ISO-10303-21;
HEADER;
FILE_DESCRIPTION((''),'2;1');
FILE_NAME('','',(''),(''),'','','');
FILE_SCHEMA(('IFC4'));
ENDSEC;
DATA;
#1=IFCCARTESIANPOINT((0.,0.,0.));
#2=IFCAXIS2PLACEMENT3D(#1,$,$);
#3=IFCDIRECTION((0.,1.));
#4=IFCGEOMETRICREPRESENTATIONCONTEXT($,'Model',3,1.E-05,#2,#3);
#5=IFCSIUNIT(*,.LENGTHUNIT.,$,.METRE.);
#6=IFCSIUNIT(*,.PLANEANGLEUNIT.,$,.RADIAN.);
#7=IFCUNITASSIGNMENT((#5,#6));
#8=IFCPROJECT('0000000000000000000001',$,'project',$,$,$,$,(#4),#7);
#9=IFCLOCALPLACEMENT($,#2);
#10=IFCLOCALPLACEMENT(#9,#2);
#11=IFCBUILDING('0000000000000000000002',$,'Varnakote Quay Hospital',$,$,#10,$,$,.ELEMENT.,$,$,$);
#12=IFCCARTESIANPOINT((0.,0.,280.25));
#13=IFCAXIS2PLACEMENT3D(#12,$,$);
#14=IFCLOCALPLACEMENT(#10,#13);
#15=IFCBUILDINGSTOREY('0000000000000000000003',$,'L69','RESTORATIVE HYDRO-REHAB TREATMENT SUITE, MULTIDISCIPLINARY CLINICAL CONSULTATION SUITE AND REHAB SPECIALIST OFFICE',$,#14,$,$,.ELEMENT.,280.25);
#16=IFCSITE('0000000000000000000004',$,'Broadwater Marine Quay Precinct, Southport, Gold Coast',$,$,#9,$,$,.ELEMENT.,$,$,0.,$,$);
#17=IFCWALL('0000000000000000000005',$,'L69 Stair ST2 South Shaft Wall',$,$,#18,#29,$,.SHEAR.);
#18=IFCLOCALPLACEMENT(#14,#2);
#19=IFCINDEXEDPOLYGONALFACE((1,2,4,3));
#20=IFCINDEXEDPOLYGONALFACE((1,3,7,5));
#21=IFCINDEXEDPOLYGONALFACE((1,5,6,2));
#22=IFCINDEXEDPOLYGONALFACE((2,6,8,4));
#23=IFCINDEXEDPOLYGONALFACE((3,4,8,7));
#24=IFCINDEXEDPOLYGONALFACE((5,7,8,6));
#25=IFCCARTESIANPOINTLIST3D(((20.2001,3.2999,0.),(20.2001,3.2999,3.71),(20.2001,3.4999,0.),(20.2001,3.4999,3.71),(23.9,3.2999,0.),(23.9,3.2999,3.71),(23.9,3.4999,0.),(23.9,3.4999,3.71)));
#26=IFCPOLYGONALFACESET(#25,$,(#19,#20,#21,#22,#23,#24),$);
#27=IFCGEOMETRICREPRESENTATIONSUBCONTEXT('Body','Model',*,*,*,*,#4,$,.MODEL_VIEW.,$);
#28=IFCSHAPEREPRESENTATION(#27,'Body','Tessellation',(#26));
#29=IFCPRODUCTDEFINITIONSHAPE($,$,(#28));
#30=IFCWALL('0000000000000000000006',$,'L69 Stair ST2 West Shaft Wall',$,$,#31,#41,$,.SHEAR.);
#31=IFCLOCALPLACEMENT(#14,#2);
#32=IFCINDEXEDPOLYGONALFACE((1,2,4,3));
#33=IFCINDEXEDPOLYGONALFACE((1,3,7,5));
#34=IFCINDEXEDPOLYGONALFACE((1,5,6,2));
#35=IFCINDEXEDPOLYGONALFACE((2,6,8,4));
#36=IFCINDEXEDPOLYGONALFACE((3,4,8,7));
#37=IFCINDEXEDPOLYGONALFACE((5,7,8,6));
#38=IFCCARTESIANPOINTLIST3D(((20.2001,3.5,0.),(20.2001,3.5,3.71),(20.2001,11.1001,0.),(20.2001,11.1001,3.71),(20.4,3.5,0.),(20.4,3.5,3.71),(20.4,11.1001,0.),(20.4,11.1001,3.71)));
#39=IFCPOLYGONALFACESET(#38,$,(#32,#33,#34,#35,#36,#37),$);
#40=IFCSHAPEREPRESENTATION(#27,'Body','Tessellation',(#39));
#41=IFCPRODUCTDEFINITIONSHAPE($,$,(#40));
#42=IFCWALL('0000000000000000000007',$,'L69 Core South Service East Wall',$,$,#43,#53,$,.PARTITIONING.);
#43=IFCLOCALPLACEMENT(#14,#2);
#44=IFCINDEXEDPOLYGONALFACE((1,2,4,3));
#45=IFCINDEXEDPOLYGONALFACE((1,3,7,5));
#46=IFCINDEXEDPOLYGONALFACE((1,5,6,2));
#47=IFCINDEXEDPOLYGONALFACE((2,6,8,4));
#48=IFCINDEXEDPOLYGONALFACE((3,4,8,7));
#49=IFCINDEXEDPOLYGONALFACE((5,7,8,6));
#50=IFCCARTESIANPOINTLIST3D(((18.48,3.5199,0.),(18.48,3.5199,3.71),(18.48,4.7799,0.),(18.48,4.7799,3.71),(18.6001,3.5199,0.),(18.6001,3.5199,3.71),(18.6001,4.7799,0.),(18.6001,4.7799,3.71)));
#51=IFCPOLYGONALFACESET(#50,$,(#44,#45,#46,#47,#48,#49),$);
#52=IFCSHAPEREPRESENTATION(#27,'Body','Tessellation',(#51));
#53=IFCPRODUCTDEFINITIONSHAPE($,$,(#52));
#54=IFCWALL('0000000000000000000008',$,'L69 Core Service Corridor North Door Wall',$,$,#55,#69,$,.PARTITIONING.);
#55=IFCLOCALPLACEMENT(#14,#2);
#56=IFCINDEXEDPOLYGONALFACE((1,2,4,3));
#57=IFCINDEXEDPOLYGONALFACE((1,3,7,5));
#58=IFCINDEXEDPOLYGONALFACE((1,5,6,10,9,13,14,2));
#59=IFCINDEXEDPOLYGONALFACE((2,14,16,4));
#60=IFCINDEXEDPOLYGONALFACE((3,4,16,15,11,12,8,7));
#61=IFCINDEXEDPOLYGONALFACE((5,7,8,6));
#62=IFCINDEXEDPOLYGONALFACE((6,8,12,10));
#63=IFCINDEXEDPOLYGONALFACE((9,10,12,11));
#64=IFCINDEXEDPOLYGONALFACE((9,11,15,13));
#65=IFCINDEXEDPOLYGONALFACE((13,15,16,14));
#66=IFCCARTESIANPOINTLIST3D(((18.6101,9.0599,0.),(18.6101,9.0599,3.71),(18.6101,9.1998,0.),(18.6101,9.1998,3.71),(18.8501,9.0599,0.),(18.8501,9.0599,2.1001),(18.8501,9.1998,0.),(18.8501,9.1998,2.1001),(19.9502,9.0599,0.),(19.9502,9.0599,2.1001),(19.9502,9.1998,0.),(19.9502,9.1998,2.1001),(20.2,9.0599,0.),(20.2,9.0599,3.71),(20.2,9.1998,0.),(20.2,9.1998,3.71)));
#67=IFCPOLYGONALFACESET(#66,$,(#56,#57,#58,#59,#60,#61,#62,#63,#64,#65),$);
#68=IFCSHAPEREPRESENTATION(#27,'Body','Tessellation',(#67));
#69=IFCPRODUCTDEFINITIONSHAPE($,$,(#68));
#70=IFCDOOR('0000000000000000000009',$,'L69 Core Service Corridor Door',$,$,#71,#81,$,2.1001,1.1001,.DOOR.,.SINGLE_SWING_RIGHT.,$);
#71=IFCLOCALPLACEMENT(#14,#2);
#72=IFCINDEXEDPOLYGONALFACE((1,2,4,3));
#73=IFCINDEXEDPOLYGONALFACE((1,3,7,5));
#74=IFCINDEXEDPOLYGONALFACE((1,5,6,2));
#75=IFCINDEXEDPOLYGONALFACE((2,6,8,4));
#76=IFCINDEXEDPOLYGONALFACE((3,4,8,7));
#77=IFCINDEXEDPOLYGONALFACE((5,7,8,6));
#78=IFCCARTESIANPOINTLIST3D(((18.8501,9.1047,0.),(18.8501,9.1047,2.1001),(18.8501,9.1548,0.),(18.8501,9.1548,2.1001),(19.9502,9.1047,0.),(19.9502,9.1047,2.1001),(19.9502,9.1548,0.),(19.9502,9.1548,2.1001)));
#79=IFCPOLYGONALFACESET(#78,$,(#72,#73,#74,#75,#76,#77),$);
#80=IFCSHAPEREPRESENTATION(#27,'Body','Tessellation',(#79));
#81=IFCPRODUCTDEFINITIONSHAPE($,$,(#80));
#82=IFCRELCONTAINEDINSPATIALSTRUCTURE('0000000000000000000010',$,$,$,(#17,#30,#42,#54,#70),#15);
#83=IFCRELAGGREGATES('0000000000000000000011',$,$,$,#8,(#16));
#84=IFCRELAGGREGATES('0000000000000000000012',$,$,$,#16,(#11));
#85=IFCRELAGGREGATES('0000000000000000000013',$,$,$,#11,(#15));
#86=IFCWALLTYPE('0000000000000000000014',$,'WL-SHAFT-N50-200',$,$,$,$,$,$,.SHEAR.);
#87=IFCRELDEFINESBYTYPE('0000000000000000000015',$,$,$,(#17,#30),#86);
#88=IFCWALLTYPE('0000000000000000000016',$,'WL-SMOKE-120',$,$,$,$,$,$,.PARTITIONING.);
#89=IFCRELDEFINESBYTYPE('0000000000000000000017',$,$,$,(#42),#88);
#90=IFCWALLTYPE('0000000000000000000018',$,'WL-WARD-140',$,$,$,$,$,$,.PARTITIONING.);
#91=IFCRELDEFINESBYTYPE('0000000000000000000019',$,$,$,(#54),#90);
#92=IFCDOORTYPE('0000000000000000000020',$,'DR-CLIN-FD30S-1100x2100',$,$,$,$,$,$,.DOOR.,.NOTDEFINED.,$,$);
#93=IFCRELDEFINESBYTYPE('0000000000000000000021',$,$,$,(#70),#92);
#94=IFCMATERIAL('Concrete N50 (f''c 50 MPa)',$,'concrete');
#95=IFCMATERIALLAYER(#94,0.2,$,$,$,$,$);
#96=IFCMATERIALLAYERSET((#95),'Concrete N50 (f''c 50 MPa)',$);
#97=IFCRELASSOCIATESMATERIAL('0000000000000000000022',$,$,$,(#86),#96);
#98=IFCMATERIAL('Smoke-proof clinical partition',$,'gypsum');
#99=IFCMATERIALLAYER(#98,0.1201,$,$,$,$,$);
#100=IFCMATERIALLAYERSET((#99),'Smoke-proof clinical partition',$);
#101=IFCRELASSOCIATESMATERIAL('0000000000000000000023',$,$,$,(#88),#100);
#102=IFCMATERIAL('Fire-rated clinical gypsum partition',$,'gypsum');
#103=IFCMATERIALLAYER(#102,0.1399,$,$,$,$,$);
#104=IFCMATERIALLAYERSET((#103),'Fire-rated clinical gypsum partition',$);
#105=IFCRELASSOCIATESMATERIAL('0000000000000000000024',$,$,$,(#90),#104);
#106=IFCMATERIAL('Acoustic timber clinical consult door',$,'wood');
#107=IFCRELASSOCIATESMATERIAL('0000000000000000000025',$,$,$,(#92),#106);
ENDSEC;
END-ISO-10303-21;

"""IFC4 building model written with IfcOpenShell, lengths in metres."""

from ifc_helpers import new_model, si_unit, direction, frame, frame_2d, origin, place, context, subcontext, project, spatial, rectangle, extrude, material, layer, layer_set, type_object, element, fill, save


model = new_model("IFC4")

# Units and contexts
model_context = context("Model", 3, precision=1e-05, world=origin(), true_north=direction((0.0, 1.0)))
body_context = subcontext(model_context, "Body", "Model", "MODEL_VIEW")
ifc_project = project(units=[si_unit("LENGTHUNIT", "METRE"), si_unit("PLANEANGLEUNIT", "RADIAN")], contexts=[model_context])

# Site, building, storey
site_placement = place(None, origin())
site = spatial("IfcSite", under=ifc_project, at=site_placement, Name="Broadwater Marine Quay Precinct, Southport, Gold Coast", CompositionType="ELEMENT", RefElevation=0.0)
building_placement = place(site_placement, origin())
building = spatial("IfcBuilding", under=site, at=building_placement, Name="Varnakote Quay Hospital", CompositionType="ELEMENT")
storey_placement = place(building_placement, frame((0.0, 0.0, 280.25)))
storey = spatial("IfcBuildingStorey", under=building, at=storey_placement, Name="L69", Description="RESTORATIVE HYDRO-REHAB TREATMENT SUITE, MULTIDISCIPLINARY CLINICAL CONSULTATION SUITE AND REHAB SPECIALIST OFFICE", CompositionType="ELEMENT", Elevation=280.25)

# Walls
ifc_material_1 = material(Name="Concrete N50 (f'c 50 MPa)", Category="concrete")
ifc_layer_1 = layer(ifc_material_1, 0.2)
ifc_layer_set_1 = layer_set([ifc_layer_1], Name="Concrete N50 (f'c 50 MPa)")
wall_type_1 = type_object("IfcWallType", Name="WL-SHAFT-N50-200", PredefinedType="SHEAR", material=ifc_layer_set_1)
wall_1_placement = place(storey_placement, frame((20.2, 3.3999, 0.0), z_axis=(0.0, 0.0, 1.0), x_axis=(1.0, 0.0, 0.0)))
element("IfcWall", 1, at=wall_1_placement, inside=storey, type_object=wall_type_1, Name="L69 Stair ST2 South Shaft Wall", PredefinedType="SHEAR", context=body_context, shape_type="SweptSolid", body=[
    extrude(rectangle(XDim=3.7, YDim=0.2, at=frame_2d((1.8501, 0.0))), origin(), (0.0, 0.0, 1.0), 3.71),
])
wall_2_placement = place(storey_placement, frame((20.3, 3.5, 0.0), z_axis=(0.0, 0.0, 1.0), x_axis=(0.0, 1.0, 0.0)))
element("IfcWall", 2, at=wall_2_placement, inside=storey, type_object=wall_type_1, Name="L69 Stair ST2 West Shaft Wall", PredefinedType="SHEAR", context=body_context, shape_type="SweptSolid", body=[
    extrude(rectangle(XDim=7.6001, YDim=0.2, at=frame_2d((3.8, 0.0))), origin(), (0.0, 0.0, 1.0), 3.71),
])

# Wall
ifc_material_2 = material(Name="Smoke-proof clinical partition", Category="gypsum")
ifc_layer_2 = layer(ifc_material_2, 0.1201)
ifc_layer_set_2 = layer_set([ifc_layer_2], Name="Smoke-proof clinical partition")
wall_type_2 = type_object("IfcWallType", Name="WL-SMOKE-120", PredefinedType="PARTITIONING", material=ifc_layer_set_2)
wall_3_placement = place(storey_placement, frame((18.54, 3.52, 0.0), z_axis=(0.0, 0.0, 1.0), x_axis=(0.0, 1.0, 0.0)))
element("IfcWall", 3, at=wall_3_placement, inside=storey, type_object=wall_type_2, Name="L69 Core South Service East Wall", PredefinedType="PARTITIONING", context=body_context, shape_type="SweptSolid", body=[
    extrude(rectangle(XDim=1.26, YDim=0.1201, at=frame_2d((0.6299, 0.0))), origin(), (0.0, 0.0, 1.0), 3.71),
])

# Wall, opening, door
ifc_material_3 = material(Name="Fire-rated clinical gypsum partition", Category="gypsum")
ifc_layer_3 = layer(ifc_material_3, 0.1399)
ifc_layer_set_3 = layer_set([ifc_layer_3], Name="Fire-rated clinical gypsum partition")
wall_type_3 = type_object("IfcWallType", Name="WL-WARD-140", PredefinedType="PARTITIONING", material=ifc_layer_set_3)
wall_4_placement = place(storey_placement, frame((18.6101, 9.1299, 0.0), z_axis=(0.0, 0.0, 1.0), x_axis=(1.0, 0.0, 0.0)))
wall_4 = element("IfcWall", 4, at=wall_4_placement, inside=storey, type_object=wall_type_3, Name="L69 Core Service Corridor North Door Wall", PredefinedType="PARTITIONING", context=body_context, shape_type="SweptSolid", body=[
    extrude(rectangle(XDim=1.5898, YDim=0.1399, at=frame_2d((0.7949, 0.0))), origin(), (0.0, 0.0, 1.0), 3.71),
])
opening_1_placement = place(wall_4_placement, frame((0.24, 0.0, 0.0)))
opening_1 = element("IfcOpeningElement", 5, at=opening_1_placement, cuts=wall_4, PredefinedType="OPENING", context=body_context, shape_type="SweptSolid", body=[
    extrude(rectangle(XDim=1.1001, YDim=2.1001, at=frame_2d((0.55, 1.05))), frame((0.0, 0.0798, 0.0), z_axis=(0.0, -1.0, 0.0), x_axis=(1.0, 0.0, 0.0)), (0.0, 0.0, 1.0), 0.1599),
])
ifc_material_4 = material(Name="Acoustic timber clinical consult door", Category="wood")
door_type_1 = type_object("IfcDoorType", Name="DR-CLIN-FD30S-1100x2100", OperationType="NOTDEFINED", PredefinedType="DOOR", material=ifc_material_4)
door_1_placement = place(opening_1_placement, origin())
door_1 = element("IfcDoor", 6, at=door_1_placement, inside=storey, type_object=door_type_1, Name="L69 Core Service Corridor Door", OperationType="SINGLE_SWING_RIGHT", OverallHeight=2.1001, OverallWidth=1.1001, PredefinedType="DOOR", context=body_context, shape_type="SweptSolid", body=[
    extrude(rectangle(XDim=1.1001, YDim=2.1001, at=frame_2d((0.55, 1.05))), frame((0.0, 0.0249, 0.0), z_axis=(0.0, -1.0, 0.0), x_axis=(1.0, 0.0, 0.0)), (0.0, 0.0, 1.0), 0.05),
])
fill(opening_1, door_1)

save(model, "model.ifc")
